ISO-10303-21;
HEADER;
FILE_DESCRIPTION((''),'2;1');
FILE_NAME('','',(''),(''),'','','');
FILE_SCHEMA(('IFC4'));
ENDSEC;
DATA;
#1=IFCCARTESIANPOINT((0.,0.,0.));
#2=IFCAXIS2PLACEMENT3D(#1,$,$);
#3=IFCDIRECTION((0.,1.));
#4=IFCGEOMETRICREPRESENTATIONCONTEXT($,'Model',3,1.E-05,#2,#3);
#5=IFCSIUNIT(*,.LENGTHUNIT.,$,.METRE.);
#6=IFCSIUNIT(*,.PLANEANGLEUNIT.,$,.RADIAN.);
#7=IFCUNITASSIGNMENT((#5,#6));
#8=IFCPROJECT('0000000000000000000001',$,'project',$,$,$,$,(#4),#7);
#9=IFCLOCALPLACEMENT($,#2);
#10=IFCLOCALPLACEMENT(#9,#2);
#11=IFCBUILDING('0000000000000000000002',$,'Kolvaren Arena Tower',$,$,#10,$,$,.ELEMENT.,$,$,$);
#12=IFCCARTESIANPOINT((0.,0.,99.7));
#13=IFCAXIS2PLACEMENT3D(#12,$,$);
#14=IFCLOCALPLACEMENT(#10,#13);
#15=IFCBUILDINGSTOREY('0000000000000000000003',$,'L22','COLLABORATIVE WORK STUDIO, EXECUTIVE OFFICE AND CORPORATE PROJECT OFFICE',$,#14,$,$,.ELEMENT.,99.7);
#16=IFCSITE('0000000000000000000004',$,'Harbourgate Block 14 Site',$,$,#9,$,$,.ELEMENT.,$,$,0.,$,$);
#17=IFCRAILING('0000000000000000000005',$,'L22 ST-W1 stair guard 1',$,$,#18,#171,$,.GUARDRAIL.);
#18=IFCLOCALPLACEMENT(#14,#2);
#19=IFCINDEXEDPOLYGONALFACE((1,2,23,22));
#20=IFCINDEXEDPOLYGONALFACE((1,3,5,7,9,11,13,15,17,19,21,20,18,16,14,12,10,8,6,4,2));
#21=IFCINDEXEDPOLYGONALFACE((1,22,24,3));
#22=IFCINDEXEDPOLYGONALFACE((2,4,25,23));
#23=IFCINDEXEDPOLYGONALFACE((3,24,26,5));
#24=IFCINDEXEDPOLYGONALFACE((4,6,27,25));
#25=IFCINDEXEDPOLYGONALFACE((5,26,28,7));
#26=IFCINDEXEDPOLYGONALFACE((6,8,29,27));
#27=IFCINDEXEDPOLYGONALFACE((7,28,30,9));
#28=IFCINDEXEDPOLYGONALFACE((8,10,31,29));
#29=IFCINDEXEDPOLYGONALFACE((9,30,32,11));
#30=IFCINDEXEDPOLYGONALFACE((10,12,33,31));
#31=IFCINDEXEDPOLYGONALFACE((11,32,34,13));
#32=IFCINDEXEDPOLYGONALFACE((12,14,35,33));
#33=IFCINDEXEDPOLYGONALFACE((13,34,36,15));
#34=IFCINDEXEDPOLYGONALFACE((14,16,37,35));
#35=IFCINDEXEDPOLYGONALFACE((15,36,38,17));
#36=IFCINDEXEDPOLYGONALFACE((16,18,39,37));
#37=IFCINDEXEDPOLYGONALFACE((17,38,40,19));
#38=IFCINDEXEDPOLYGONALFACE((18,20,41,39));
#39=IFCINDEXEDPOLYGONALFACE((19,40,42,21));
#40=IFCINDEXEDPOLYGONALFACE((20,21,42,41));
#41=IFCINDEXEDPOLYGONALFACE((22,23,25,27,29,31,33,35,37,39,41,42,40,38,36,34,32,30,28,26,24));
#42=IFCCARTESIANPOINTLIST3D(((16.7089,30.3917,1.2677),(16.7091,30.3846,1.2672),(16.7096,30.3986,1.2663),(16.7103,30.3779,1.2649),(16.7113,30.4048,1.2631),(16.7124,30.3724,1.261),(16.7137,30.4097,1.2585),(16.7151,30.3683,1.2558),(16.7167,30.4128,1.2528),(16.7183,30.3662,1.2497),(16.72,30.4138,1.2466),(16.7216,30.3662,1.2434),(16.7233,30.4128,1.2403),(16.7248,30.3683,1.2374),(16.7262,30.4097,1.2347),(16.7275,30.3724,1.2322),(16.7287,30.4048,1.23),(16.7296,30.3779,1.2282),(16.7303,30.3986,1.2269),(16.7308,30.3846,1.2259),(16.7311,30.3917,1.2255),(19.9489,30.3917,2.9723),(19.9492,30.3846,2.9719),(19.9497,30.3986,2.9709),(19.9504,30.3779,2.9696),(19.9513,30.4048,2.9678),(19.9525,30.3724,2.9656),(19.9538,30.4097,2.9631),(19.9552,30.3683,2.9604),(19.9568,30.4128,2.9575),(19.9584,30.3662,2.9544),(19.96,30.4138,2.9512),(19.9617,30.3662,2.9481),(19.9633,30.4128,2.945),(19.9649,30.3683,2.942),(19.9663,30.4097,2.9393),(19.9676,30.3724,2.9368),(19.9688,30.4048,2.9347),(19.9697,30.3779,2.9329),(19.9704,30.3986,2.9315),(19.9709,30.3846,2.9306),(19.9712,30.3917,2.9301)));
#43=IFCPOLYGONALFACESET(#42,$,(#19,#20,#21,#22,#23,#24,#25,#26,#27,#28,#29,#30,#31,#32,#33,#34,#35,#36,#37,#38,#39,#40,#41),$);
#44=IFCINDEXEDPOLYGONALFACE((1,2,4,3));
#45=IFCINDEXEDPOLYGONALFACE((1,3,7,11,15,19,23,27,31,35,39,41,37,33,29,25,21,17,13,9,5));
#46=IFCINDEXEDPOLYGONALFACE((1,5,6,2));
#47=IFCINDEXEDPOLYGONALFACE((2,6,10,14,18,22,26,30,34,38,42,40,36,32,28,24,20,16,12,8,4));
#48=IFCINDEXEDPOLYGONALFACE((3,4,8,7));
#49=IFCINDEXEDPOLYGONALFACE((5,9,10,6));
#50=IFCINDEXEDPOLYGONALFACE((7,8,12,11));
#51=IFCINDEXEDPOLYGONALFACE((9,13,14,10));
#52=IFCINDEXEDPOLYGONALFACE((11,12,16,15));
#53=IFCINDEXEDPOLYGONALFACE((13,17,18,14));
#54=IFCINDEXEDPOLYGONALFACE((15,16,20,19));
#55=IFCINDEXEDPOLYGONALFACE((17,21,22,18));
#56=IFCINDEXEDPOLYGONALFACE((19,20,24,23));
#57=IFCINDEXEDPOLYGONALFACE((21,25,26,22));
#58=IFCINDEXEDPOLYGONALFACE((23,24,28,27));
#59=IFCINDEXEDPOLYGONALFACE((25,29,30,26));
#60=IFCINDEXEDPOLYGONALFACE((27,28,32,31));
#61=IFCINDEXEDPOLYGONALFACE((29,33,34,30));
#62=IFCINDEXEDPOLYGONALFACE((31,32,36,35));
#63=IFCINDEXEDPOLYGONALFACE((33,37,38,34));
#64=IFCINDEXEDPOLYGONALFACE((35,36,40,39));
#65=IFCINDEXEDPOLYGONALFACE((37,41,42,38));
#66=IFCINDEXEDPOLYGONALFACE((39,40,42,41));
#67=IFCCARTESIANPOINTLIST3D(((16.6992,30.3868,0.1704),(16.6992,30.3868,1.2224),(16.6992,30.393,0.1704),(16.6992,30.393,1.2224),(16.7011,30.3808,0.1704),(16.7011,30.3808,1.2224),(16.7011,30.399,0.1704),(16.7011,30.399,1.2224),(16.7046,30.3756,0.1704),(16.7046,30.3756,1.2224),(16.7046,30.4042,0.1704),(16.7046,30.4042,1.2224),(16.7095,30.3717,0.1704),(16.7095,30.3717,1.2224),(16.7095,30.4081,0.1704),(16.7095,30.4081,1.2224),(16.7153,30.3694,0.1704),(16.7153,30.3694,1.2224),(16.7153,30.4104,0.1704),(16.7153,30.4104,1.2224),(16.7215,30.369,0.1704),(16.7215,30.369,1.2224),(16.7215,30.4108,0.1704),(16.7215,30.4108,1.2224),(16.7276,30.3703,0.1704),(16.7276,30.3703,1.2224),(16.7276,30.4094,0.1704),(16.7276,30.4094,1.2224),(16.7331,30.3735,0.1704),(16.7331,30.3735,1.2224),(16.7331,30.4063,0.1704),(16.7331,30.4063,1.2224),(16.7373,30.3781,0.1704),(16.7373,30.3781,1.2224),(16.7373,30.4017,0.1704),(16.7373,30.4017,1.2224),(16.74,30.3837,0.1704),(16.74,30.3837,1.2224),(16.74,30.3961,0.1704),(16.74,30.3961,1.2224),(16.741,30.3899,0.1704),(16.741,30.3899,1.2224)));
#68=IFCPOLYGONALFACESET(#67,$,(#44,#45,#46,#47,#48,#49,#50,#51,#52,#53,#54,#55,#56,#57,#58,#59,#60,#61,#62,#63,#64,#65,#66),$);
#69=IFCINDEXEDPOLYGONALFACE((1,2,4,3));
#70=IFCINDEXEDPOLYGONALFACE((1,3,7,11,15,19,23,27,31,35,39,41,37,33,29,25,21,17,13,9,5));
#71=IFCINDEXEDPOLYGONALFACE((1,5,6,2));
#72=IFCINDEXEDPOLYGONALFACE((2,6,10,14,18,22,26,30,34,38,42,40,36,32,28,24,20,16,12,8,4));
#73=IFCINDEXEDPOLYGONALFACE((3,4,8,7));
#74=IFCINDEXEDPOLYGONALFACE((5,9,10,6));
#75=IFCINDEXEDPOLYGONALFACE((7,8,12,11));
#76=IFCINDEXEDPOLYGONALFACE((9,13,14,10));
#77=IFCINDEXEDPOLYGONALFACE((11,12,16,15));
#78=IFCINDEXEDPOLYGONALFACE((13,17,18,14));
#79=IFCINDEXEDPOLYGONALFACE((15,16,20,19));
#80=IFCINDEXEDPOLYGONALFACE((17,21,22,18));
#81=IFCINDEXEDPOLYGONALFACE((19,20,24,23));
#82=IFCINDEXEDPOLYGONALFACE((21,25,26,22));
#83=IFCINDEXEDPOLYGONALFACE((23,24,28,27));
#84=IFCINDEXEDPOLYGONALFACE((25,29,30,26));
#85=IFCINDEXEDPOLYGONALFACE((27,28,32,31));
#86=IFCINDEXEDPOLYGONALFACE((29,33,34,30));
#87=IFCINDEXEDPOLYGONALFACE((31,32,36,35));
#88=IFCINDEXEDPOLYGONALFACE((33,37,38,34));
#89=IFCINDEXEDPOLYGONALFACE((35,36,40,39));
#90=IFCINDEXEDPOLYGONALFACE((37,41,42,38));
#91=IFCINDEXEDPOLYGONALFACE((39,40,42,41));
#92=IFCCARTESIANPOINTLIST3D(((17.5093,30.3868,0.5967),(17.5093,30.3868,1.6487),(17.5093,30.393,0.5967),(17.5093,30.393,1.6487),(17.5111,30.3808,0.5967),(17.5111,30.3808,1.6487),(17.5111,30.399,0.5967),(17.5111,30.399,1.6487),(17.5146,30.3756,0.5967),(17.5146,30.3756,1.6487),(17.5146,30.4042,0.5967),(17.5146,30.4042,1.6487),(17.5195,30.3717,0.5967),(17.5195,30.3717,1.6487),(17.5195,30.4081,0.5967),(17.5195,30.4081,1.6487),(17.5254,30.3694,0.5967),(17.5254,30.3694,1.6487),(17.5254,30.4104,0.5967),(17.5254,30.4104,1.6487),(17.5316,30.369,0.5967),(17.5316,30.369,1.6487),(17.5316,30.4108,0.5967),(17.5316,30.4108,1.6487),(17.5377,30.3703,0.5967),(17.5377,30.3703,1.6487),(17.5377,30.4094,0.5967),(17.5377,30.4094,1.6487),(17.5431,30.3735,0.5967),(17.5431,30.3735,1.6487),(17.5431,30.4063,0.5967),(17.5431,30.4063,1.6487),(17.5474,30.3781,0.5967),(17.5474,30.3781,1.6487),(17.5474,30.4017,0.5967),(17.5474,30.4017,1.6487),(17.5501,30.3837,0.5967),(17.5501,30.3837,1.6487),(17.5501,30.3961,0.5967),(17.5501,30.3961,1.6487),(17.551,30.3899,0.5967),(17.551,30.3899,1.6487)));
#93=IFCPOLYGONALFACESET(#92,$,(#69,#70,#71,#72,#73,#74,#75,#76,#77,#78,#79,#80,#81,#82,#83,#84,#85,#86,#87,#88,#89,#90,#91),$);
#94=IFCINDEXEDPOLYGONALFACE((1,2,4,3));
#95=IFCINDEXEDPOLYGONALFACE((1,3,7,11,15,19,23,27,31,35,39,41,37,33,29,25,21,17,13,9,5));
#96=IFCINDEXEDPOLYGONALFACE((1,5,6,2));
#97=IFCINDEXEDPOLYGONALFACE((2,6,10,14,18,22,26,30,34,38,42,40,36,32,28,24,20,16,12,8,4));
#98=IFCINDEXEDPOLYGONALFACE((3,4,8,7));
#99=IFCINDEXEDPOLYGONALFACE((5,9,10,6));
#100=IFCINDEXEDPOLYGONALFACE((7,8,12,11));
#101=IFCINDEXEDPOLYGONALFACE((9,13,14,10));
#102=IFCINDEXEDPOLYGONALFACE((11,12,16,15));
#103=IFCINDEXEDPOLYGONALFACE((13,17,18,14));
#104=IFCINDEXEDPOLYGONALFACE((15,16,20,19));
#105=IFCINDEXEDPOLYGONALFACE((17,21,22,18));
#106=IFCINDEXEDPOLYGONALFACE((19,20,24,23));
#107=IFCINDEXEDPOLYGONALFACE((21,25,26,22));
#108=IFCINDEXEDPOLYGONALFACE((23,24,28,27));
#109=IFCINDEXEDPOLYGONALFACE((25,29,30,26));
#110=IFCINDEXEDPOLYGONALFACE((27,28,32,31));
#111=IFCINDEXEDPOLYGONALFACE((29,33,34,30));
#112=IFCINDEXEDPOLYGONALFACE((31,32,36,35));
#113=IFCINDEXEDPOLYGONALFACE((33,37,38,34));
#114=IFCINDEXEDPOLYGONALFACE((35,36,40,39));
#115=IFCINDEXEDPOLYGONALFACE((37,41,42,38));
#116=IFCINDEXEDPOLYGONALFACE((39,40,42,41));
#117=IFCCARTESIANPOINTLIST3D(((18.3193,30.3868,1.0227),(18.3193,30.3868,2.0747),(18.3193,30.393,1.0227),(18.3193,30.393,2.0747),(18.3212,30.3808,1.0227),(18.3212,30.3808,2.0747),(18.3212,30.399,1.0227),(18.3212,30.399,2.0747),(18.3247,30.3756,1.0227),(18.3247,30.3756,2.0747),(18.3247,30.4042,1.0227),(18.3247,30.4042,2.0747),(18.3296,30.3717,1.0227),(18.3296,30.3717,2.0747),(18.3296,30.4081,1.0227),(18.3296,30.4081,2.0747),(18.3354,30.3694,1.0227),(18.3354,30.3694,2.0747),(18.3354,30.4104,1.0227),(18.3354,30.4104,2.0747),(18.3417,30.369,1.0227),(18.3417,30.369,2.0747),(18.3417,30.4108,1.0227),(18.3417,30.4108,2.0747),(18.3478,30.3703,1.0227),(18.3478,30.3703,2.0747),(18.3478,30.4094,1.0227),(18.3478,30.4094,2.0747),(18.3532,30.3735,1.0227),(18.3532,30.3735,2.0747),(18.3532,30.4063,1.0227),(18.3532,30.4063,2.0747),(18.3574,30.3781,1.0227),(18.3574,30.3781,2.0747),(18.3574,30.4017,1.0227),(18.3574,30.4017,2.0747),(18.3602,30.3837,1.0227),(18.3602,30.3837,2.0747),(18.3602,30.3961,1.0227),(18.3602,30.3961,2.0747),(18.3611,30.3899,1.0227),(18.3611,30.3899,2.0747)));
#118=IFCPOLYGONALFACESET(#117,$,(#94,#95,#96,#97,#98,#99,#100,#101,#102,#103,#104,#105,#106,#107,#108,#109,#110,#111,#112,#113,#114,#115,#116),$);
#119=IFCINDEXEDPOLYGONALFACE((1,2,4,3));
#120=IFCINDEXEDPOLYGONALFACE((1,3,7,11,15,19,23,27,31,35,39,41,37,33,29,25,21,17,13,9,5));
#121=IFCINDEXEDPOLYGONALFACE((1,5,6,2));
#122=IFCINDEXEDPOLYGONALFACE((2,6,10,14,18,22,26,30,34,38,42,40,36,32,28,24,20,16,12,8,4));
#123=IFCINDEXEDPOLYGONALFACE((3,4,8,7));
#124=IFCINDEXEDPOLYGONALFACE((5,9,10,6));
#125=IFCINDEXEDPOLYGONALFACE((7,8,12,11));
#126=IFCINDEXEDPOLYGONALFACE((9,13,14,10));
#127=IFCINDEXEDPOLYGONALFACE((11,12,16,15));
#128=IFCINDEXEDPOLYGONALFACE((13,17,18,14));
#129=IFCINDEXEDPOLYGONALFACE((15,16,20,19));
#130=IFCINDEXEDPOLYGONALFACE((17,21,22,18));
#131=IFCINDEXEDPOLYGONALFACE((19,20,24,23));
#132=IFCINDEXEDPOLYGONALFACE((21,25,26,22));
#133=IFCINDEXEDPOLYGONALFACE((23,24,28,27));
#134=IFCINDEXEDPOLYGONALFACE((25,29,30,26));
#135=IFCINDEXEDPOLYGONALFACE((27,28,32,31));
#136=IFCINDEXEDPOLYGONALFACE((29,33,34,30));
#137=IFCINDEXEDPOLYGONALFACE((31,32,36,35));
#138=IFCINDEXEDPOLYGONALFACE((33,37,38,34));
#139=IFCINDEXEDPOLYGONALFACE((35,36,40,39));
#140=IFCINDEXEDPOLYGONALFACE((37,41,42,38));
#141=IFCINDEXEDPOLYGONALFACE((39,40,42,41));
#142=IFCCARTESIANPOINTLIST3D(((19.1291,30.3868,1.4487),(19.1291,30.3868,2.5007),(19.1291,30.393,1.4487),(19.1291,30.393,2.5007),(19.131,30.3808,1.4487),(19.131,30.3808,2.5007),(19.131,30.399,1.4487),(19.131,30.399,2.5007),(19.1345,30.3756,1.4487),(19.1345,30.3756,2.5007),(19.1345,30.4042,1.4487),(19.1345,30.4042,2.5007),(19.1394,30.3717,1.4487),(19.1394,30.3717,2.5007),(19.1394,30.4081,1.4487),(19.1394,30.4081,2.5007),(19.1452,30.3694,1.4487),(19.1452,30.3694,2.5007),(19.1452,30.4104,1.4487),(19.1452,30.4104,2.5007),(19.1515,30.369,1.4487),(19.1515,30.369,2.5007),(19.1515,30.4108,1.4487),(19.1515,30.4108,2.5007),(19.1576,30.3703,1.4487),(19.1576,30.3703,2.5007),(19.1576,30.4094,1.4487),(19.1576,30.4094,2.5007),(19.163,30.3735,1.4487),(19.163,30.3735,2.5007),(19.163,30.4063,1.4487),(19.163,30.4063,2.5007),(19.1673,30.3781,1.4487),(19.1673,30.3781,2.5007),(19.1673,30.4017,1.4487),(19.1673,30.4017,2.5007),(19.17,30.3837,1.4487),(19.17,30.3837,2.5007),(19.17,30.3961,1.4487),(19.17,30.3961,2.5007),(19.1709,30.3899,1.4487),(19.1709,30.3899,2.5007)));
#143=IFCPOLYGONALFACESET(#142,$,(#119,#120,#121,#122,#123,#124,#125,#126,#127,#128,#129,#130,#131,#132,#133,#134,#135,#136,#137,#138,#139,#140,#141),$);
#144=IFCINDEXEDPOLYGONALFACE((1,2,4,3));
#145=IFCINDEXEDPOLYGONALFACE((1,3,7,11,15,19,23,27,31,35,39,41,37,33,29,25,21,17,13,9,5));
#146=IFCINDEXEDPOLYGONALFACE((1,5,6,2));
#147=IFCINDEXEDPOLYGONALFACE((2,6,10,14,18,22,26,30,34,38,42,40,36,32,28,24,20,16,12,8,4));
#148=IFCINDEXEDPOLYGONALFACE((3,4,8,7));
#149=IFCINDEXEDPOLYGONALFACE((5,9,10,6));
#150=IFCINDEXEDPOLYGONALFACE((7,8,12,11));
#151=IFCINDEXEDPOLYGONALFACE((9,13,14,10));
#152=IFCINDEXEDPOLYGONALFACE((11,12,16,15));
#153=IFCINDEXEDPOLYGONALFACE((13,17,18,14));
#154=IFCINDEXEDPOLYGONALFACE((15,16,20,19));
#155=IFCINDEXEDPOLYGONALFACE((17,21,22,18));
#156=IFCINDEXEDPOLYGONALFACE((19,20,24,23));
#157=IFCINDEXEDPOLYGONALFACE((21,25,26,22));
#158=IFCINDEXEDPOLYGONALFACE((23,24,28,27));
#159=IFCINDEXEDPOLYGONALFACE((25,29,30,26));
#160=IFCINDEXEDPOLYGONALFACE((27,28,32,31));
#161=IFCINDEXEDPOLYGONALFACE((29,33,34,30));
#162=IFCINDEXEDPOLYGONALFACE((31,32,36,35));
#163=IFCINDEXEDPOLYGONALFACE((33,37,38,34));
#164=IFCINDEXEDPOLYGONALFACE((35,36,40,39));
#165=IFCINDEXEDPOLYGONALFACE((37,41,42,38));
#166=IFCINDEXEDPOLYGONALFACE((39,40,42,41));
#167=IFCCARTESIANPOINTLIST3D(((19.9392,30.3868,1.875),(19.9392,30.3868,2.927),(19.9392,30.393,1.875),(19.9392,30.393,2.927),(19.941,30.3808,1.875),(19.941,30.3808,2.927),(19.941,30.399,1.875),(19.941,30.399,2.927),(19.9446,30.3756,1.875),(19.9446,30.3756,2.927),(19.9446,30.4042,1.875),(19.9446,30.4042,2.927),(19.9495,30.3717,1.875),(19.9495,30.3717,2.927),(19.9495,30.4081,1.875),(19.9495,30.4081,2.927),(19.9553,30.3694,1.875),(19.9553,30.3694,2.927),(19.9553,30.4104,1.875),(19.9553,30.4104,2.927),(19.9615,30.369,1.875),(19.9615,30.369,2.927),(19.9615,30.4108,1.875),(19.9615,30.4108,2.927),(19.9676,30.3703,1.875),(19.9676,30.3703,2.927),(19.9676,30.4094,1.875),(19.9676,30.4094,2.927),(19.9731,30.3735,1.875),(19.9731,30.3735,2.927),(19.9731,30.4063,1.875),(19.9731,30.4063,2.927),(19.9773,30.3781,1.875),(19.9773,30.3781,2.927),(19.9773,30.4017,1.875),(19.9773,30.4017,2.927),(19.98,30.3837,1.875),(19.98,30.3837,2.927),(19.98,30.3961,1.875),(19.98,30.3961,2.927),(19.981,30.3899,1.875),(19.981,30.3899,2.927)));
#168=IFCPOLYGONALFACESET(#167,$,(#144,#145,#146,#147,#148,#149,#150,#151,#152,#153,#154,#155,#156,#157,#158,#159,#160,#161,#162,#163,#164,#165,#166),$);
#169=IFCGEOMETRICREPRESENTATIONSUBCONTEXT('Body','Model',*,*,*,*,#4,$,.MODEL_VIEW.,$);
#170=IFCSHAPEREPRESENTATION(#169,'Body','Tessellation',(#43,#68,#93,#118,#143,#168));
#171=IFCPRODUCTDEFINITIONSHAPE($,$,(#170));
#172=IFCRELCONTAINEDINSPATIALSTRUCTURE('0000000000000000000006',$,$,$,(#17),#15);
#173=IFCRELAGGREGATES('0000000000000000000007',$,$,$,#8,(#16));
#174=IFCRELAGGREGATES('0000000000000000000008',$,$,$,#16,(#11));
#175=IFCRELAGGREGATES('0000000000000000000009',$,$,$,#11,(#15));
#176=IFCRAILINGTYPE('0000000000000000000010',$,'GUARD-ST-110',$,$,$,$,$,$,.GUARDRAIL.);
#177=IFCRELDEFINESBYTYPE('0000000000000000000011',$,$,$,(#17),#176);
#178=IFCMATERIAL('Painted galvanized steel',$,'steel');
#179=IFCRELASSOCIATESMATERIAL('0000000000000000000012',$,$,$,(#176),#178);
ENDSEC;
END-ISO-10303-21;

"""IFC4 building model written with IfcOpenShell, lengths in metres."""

from ifc_helpers import new_model, si_unit, direction, frame, origin, origin_2d, place, context, subcontext, project, spatial, circle, extrude, material, type_object, element, save


model = new_model("IFC4")

# Units and contexts
model_context = context("Model", 3, precision=1e-05, world=origin(), true_north=direction((0.0, 1.0)))
body_context = subcontext(model_context, "Body", "Model", "MODEL_VIEW")
ifc_project = project(units=[si_unit("LENGTHUNIT", "METRE"), si_unit("PLANEANGLEUNIT", "RADIAN")], contexts=[model_context])

# Site, building, storey
site_placement = place(None, origin())
site = spatial("IfcSite", under=ifc_project, at=site_placement, Name="Harbourgate Block 14 Site", CompositionType="ELEMENT", RefElevation=0.0)
building_placement = place(site_placement, origin())
building = spatial("IfcBuilding", under=site, at=building_placement, Name="Kolvaren Arena Tower", CompositionType="ELEMENT")
storey_placement = place(building_placement, frame((0.0, 0.0, 99.7)))
storey = spatial("IfcBuildingStorey", under=building, at=storey_placement, Name="L22", Description="COLLABORATIVE WORK STUDIO, EXECUTIVE OFFICE AND CORPORATE PROJECT OFFICE", CompositionType="ELEMENT", Elevation=99.7)

# Railing
ifc_material_1 = material(Name="Painted galvanized steel", Category="steel")
railing_type_1 = type_object("IfcRailingType", Name="GUARD-ST-110", PredefinedType="GUARDRAIL", material=ifc_material_1)
railing_1_placement = place(storey_placement, frame((16.72, 30.3899, 0.1704)))
element("IfcRailing", 1, at=railing_1_placement, inside=storey, type_object=railing_type_1, Name="L22 ST-W1 stair guard 1", PredefinedType="GUARDRAIL", context=body_context, shape_type="SweptSolid", body=[
    extrude(circle(Radius=0.0239, at=origin_2d()), frame((0.0, 0.0, 1.0762), z_axis=(0.884993, 0.0, 0.465604), x_axis=(0.0, 1.0, 0.0)), (0.0, 0.0, 1.0), 3.6611),
    extrude(circle(Radius=0.021, at=origin_2d()), origin(), (0.0, 0.0, 1.0), 1.052),
    extrude(circle(Radius=0.021, at=origin_2d()), frame((0.8101, 0.0, 0.4263)), (0.0, 0.0, 1.0), 1.052),
    extrude(circle(Radius=0.021, at=origin_2d()), frame((1.6201, 0.0, 0.8523)), (0.0, 0.0, 1.0), 1.052),
    extrude(circle(Radius=0.021, at=origin_2d()), frame((2.4299, 0.0, 1.2783)), (0.0, 0.0, 1.0), 1.052),
    extrude(circle(Radius=0.021, at=origin_2d()), frame((3.24, 0.0, 1.7046)), (0.0, 0.0, 1.0), 1.052),
])

save(model, "model.ifc")
